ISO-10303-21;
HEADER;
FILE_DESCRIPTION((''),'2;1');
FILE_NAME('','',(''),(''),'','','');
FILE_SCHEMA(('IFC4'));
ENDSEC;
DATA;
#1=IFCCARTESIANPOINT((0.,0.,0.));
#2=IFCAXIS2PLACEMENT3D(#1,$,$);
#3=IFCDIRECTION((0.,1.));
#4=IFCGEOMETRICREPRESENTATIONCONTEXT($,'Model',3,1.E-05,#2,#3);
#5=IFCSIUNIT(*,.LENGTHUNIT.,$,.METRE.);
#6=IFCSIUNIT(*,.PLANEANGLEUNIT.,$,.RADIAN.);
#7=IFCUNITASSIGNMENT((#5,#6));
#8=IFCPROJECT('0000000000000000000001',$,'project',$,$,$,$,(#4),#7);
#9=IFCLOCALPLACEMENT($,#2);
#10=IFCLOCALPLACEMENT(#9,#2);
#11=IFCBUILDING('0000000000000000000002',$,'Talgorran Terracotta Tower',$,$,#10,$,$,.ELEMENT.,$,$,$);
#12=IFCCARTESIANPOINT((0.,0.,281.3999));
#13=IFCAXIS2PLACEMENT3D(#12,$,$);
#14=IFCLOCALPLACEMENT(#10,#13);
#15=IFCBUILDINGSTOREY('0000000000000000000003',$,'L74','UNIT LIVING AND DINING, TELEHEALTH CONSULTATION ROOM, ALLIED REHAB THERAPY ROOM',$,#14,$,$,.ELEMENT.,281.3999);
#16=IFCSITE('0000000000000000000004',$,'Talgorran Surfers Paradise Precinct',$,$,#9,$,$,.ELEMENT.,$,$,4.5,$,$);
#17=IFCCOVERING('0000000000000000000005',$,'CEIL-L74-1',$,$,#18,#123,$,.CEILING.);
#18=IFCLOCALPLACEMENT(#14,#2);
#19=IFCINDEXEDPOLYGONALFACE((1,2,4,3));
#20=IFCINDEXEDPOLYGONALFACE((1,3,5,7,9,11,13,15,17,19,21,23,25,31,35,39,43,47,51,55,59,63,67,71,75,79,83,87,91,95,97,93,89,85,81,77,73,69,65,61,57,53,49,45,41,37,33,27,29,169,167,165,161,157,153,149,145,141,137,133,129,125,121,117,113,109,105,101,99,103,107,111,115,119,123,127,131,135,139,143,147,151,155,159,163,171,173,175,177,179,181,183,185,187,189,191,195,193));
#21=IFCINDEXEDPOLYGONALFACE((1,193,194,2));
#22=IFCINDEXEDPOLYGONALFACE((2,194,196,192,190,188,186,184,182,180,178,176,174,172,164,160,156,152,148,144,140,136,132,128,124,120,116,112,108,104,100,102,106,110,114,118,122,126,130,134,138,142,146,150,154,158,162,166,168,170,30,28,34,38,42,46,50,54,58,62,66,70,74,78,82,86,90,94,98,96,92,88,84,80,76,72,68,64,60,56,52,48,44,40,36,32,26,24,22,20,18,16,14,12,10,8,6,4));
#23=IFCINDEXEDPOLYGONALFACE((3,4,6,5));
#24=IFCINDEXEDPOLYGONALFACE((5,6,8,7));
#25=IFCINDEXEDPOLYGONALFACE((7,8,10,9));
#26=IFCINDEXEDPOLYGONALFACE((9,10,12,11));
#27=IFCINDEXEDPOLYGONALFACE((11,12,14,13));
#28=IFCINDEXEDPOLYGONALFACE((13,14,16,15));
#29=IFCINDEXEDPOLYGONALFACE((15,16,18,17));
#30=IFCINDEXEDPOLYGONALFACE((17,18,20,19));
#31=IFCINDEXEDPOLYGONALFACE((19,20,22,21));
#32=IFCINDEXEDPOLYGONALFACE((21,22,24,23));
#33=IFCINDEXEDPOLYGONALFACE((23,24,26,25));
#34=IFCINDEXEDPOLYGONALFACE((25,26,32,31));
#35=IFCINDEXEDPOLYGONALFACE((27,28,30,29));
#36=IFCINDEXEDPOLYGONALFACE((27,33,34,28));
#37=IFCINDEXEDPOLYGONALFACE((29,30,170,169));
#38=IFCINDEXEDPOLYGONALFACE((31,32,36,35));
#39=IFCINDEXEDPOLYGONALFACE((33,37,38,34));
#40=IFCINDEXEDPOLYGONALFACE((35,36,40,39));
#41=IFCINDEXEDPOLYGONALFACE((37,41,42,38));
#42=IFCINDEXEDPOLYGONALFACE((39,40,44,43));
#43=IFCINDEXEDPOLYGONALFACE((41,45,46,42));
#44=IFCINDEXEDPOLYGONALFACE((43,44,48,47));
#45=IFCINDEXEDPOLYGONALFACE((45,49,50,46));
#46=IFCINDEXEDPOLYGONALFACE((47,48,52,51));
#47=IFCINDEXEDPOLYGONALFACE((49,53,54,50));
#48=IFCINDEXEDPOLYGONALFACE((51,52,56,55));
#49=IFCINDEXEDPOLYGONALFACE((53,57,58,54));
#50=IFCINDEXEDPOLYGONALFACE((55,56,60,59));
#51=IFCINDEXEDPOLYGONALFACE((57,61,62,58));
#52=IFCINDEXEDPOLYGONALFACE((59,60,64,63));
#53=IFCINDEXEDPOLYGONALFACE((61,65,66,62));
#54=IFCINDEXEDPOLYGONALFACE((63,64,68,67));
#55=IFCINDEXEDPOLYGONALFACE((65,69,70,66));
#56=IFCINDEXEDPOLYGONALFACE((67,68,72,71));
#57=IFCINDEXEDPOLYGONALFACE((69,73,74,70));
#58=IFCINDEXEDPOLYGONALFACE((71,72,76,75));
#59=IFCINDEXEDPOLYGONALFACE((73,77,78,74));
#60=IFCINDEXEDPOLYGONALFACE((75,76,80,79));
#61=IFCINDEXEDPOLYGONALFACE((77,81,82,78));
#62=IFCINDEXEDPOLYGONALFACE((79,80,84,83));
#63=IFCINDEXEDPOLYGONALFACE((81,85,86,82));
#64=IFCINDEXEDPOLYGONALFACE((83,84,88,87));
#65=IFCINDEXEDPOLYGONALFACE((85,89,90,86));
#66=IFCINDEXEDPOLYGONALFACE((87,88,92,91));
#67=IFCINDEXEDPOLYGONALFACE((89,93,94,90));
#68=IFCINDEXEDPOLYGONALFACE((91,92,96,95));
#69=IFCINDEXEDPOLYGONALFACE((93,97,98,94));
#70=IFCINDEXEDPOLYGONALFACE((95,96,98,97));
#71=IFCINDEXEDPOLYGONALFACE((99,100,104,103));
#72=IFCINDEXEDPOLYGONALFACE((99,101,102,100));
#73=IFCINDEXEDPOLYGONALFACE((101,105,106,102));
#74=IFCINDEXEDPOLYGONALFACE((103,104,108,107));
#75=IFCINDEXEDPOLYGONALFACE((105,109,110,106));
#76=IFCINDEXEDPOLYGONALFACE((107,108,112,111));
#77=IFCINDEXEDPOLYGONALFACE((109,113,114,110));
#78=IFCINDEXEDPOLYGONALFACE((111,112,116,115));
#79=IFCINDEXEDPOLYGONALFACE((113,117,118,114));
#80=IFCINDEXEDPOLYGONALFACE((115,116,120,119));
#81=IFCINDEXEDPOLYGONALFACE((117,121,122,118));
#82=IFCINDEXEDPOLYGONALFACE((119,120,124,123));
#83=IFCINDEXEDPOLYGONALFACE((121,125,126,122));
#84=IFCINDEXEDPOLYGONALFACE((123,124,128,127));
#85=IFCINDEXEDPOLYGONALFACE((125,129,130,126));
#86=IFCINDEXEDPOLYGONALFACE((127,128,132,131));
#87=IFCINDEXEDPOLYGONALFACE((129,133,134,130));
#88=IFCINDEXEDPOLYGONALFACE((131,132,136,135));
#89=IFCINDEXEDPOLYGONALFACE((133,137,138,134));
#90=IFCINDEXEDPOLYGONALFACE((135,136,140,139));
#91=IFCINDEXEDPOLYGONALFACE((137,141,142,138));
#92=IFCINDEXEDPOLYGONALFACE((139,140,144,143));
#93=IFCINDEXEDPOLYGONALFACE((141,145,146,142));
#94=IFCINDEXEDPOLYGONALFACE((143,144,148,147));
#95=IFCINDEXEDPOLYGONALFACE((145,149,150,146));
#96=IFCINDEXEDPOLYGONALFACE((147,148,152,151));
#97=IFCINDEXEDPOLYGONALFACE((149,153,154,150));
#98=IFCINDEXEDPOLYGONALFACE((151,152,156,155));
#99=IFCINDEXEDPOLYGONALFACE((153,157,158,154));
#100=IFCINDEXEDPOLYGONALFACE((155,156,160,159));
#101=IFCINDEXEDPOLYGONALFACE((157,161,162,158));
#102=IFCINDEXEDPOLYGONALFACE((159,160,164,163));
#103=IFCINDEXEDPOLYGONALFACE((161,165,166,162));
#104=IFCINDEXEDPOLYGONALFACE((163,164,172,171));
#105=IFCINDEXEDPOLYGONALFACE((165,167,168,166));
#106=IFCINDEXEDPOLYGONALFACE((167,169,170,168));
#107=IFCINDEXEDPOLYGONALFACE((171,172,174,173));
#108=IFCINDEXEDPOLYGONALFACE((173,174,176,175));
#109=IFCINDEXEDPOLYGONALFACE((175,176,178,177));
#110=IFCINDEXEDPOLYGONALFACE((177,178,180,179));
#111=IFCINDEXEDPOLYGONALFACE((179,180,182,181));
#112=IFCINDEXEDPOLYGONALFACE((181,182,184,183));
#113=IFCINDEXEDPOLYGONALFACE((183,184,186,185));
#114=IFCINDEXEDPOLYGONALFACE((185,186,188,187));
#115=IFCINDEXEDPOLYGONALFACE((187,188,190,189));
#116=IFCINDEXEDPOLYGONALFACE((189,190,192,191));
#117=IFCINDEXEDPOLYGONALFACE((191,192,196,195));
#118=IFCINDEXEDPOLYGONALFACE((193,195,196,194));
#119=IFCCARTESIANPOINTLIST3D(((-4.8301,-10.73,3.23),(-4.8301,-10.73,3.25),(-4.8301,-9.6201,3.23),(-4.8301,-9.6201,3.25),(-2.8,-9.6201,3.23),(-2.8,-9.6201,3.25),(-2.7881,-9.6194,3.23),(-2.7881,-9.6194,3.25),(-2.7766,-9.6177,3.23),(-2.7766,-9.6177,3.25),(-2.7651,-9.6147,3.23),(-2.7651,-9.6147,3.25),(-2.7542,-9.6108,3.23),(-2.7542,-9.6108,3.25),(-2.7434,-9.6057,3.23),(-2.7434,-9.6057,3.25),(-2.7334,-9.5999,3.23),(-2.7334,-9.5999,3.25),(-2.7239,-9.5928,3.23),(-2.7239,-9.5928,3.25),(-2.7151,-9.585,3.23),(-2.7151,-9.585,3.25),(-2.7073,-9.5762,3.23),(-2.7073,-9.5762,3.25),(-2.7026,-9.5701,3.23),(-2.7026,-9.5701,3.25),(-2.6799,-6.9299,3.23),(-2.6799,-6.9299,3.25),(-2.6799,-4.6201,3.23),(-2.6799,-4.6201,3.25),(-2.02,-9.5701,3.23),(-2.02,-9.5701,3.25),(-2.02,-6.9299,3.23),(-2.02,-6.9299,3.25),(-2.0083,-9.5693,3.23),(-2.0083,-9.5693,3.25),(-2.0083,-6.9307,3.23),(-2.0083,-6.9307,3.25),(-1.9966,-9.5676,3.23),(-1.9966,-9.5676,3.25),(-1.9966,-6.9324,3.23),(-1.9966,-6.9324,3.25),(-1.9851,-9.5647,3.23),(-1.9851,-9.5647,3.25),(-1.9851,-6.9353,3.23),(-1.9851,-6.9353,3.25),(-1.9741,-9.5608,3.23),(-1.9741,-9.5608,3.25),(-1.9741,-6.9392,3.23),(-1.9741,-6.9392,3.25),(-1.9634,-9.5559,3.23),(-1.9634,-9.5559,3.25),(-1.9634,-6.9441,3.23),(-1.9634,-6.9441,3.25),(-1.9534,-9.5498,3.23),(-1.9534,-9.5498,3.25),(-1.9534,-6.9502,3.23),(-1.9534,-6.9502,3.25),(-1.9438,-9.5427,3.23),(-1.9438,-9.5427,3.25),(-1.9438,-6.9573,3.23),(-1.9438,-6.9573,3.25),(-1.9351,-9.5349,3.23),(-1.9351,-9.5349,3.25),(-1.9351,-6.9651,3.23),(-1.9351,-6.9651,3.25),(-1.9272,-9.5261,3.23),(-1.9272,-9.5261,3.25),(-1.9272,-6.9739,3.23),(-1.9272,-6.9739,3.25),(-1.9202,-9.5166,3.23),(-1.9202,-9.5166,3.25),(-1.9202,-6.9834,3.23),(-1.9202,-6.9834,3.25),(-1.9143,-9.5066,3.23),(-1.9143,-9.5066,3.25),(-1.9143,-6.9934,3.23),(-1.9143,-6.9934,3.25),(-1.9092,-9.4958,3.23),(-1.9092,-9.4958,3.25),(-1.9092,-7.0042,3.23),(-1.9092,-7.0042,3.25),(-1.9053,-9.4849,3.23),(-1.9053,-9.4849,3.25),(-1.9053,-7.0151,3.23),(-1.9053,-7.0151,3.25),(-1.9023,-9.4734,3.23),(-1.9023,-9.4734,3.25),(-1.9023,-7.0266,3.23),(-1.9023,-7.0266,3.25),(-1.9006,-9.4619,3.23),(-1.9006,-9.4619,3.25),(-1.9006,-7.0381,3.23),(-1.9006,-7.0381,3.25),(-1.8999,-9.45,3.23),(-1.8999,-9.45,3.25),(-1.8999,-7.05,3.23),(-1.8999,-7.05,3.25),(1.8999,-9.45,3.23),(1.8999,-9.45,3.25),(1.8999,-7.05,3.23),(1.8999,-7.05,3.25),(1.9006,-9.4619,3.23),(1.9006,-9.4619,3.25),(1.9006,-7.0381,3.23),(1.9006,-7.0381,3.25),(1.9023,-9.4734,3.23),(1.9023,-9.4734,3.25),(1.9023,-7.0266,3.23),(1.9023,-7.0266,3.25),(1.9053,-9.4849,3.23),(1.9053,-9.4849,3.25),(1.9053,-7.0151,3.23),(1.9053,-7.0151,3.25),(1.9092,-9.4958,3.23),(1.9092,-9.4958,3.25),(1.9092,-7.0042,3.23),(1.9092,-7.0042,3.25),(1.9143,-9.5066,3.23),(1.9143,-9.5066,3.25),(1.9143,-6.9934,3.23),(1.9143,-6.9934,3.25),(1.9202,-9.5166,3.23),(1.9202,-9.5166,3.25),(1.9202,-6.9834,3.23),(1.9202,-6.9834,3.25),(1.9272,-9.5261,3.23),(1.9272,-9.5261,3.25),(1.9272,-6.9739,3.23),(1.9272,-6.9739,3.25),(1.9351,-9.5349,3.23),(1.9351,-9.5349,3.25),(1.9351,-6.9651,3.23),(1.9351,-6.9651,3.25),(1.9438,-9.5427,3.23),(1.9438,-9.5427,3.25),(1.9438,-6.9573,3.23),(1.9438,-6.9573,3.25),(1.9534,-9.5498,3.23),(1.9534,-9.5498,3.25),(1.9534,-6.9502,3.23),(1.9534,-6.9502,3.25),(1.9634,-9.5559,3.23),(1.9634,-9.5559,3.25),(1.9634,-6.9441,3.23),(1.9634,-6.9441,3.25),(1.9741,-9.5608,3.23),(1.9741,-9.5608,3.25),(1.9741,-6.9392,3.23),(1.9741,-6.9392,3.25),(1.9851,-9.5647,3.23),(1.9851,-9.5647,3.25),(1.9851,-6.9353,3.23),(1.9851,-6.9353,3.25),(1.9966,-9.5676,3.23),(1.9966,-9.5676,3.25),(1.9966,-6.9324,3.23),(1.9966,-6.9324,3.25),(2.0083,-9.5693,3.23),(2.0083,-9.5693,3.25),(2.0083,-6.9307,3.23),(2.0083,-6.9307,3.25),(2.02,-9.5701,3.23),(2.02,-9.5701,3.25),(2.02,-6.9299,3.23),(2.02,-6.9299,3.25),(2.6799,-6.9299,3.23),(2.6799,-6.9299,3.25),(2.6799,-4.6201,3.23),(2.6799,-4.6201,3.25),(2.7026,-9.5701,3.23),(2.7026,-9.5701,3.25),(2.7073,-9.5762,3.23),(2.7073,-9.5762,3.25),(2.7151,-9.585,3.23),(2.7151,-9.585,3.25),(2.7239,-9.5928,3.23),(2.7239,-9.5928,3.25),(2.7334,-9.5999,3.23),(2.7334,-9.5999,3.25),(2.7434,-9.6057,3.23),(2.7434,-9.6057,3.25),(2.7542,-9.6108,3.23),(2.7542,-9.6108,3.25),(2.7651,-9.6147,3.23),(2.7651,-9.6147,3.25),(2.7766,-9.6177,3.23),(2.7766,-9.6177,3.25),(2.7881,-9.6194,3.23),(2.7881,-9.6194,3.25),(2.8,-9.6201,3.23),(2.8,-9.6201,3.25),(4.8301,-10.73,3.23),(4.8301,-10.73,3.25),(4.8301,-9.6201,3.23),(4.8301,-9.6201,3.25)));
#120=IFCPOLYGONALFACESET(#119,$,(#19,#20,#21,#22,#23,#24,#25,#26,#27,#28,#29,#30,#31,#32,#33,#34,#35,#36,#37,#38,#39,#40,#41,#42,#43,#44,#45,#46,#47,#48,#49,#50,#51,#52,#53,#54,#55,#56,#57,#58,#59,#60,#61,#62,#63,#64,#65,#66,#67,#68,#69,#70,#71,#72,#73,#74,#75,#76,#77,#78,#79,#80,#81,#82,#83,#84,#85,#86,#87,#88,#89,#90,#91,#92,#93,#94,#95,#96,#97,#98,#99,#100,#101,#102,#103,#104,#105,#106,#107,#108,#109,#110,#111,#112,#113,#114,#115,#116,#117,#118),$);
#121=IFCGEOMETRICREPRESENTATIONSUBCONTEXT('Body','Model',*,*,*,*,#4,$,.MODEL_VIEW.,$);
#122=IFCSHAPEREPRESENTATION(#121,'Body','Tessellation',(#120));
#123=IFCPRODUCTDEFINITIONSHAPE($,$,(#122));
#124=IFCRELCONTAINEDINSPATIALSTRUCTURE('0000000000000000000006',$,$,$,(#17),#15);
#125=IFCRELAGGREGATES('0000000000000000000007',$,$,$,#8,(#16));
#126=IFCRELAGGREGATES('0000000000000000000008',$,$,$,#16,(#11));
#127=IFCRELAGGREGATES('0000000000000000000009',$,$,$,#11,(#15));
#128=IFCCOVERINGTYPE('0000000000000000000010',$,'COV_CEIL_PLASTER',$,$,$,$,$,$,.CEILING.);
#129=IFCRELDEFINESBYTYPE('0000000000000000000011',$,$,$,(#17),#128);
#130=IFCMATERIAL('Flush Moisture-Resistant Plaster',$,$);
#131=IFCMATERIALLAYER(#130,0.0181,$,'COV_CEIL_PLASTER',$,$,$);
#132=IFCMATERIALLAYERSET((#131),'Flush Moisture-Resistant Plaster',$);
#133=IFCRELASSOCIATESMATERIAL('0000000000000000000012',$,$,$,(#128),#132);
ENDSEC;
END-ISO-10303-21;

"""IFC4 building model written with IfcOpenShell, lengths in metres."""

from ifc_helpers import new_model, si_unit, direction, frame, origin, place, context, subcontext, project, spatial, polyline, outline, extrude, material, layer, layer_set, type_object, element, save


model = new_model("IFC4")

# Units and contexts
model_context = context("Model", 3, precision=1e-05, world=origin(), true_north=direction((0.0, 1.0)))
body_context = subcontext(model_context, "Body", "Model", "MODEL_VIEW")
ifc_project = project(units=[si_unit("LENGTHUNIT", "METRE"), si_unit("PLANEANGLEUNIT", "RADIAN")], contexts=[model_context])

# Site, building, storey
site_placement = place(None, origin())
site = spatial("IfcSite", under=ifc_project, at=site_placement, Name="Talgorran Surfers Paradise Precinct", CompositionType="ELEMENT", RefElevation=4.5)
building_placement = place(site_placement, origin())
building = spatial("IfcBuilding", under=site, at=building_placement, Name="Talgorran Terracotta Tower", CompositionType="ELEMENT")
storey_placement = place(building_placement, frame((0.0, 0.0, 281.3999)))
storey = spatial("IfcBuildingStorey", under=building, at=storey_placement, Name="L74", Description="UNIT LIVING AND DINING, TELEHEALTH CONSULTATION ROOM, ALLIED REHAB THERAPY ROOM", CompositionType="ELEMENT", Elevation=281.3999)

# Covering
ifc_material_1 = material(Name="Flush Moisture-Resistant Plaster")
ifc_layer_1 = layer(ifc_material_1, 0.0181, Name="COV_CEIL_PLASTER")
ifc_layer_set_1 = layer_set([ifc_layer_1], Name="Flush Moisture-Resistant Plaster")
covering_type_1 = type_object("IfcCoveringType", Name="COV_CEIL_PLASTER", PredefinedType="CEILING", material=ifc_layer_set_1)
covering_1_placement = place(storey_placement, frame((0.0, 0.0, 3.23)))
element("IfcCovering", 1, at=covering_1_placement, inside=storey, type_object=covering_type_1, Name="CEIL-L74-1", PredefinedType="CEILING", context=body_context, shape_type="SweptSolid", body=[
    extrude(outline(polyline([(-2.7026, -9.5701), (-2.02, -9.5701), (-2.0083, -9.5693), (-1.9966, -9.5676), (-1.9851, -9.5647), (-1.9741, -9.5608), (-1.9634, -9.5559), (-1.9534, -9.5498), (-1.9438, -9.5427), (-1.9351, -9.5349), (-1.9272, -9.5261), (-1.9202, -9.5166), (-1.9143, -9.5066), (-1.9092, -9.4958), (-1.9053, -9.4849), (-1.9023, -9.4734), (-1.9006, -9.4619), (-1.8999, -9.45), (-1.8999, -7.05), (-1.9006, -7.0381), (-1.9023, -7.0266), (-1.9053, -7.0151), (-1.9092, -7.0042), (-1.9143, -6.9934), (-1.9202, -6.9834), (-1.9272, -6.9739), (-1.9351, -6.9651), (-1.9438, -6.9573), (-1.9534, -6.9502), (-1.9634, -6.9441), (-1.9741, -6.9392), (-1.9851, -6.9353), (-1.9966, -6.9324), (-2.0083, -6.9307), (-2.02, -6.9299), (-2.6799, -6.9299), (-2.6799, -4.6201), (2.6799, -4.6201), (2.6799, -6.9299), (2.02, -6.9299), (2.0083, -6.9307), (1.9966, -6.9324), (1.9851, -6.9353), (1.9741, -6.9392), (1.9634, -6.9441), (1.9534, -6.9502), (1.9438, -6.9573), (1.9351, -6.9651), (1.9272, -6.9739), (1.9202, -6.9834), (1.9143, -6.9934), (1.9092, -7.0042), (1.9053, -7.0151), (1.9023, -7.0266), (1.9006, -7.0381), (1.8999, -7.05), (1.8999, -9.45), (1.9006, -9.4619), (1.9023, -9.4734), (1.9053, -9.4849), (1.9092, -9.4958), (1.9143, -9.5066), (1.9202, -9.5166), (1.9272, -9.5261), (1.9351, -9.5349), (1.9438, -9.5427), (1.9534, -9.5498), (1.9634, -9.5559), (1.9741, -9.5608), (1.9851, -9.5647), (1.9966, -9.5676), (2.0083, -9.5693), (2.02, -9.5701), (2.7026, -9.5701), (2.7073, -9.5762), (2.7151, -9.585), (2.7239, -9.5928), (2.7334, -9.5999), (2.7434, -9.6057), (2.7542, -9.6108), (2.7651, -9.6147), (2.7766, -9.6177), (2.7881, -9.6194), (2.8, -9.6201), (4.8301, -9.6201), (4.8301, -10.73), (-4.8301, -10.73), (-4.8301, -9.6201), (-2.8, -9.6201), (-2.7881, -9.6194), (-2.7766, -9.6177), (-2.7651, -9.6147), (-2.7542, -9.6108), (-2.7434, -9.6057), (-2.7334, -9.5999), (-2.7239, -9.5928), (-2.7151, -9.585), (-2.7073, -9.5762), (-2.7026, -9.5701)])), origin(), (0.0, 0.0, 1.0), 0.02),
])

save(model, "model.ifc")
